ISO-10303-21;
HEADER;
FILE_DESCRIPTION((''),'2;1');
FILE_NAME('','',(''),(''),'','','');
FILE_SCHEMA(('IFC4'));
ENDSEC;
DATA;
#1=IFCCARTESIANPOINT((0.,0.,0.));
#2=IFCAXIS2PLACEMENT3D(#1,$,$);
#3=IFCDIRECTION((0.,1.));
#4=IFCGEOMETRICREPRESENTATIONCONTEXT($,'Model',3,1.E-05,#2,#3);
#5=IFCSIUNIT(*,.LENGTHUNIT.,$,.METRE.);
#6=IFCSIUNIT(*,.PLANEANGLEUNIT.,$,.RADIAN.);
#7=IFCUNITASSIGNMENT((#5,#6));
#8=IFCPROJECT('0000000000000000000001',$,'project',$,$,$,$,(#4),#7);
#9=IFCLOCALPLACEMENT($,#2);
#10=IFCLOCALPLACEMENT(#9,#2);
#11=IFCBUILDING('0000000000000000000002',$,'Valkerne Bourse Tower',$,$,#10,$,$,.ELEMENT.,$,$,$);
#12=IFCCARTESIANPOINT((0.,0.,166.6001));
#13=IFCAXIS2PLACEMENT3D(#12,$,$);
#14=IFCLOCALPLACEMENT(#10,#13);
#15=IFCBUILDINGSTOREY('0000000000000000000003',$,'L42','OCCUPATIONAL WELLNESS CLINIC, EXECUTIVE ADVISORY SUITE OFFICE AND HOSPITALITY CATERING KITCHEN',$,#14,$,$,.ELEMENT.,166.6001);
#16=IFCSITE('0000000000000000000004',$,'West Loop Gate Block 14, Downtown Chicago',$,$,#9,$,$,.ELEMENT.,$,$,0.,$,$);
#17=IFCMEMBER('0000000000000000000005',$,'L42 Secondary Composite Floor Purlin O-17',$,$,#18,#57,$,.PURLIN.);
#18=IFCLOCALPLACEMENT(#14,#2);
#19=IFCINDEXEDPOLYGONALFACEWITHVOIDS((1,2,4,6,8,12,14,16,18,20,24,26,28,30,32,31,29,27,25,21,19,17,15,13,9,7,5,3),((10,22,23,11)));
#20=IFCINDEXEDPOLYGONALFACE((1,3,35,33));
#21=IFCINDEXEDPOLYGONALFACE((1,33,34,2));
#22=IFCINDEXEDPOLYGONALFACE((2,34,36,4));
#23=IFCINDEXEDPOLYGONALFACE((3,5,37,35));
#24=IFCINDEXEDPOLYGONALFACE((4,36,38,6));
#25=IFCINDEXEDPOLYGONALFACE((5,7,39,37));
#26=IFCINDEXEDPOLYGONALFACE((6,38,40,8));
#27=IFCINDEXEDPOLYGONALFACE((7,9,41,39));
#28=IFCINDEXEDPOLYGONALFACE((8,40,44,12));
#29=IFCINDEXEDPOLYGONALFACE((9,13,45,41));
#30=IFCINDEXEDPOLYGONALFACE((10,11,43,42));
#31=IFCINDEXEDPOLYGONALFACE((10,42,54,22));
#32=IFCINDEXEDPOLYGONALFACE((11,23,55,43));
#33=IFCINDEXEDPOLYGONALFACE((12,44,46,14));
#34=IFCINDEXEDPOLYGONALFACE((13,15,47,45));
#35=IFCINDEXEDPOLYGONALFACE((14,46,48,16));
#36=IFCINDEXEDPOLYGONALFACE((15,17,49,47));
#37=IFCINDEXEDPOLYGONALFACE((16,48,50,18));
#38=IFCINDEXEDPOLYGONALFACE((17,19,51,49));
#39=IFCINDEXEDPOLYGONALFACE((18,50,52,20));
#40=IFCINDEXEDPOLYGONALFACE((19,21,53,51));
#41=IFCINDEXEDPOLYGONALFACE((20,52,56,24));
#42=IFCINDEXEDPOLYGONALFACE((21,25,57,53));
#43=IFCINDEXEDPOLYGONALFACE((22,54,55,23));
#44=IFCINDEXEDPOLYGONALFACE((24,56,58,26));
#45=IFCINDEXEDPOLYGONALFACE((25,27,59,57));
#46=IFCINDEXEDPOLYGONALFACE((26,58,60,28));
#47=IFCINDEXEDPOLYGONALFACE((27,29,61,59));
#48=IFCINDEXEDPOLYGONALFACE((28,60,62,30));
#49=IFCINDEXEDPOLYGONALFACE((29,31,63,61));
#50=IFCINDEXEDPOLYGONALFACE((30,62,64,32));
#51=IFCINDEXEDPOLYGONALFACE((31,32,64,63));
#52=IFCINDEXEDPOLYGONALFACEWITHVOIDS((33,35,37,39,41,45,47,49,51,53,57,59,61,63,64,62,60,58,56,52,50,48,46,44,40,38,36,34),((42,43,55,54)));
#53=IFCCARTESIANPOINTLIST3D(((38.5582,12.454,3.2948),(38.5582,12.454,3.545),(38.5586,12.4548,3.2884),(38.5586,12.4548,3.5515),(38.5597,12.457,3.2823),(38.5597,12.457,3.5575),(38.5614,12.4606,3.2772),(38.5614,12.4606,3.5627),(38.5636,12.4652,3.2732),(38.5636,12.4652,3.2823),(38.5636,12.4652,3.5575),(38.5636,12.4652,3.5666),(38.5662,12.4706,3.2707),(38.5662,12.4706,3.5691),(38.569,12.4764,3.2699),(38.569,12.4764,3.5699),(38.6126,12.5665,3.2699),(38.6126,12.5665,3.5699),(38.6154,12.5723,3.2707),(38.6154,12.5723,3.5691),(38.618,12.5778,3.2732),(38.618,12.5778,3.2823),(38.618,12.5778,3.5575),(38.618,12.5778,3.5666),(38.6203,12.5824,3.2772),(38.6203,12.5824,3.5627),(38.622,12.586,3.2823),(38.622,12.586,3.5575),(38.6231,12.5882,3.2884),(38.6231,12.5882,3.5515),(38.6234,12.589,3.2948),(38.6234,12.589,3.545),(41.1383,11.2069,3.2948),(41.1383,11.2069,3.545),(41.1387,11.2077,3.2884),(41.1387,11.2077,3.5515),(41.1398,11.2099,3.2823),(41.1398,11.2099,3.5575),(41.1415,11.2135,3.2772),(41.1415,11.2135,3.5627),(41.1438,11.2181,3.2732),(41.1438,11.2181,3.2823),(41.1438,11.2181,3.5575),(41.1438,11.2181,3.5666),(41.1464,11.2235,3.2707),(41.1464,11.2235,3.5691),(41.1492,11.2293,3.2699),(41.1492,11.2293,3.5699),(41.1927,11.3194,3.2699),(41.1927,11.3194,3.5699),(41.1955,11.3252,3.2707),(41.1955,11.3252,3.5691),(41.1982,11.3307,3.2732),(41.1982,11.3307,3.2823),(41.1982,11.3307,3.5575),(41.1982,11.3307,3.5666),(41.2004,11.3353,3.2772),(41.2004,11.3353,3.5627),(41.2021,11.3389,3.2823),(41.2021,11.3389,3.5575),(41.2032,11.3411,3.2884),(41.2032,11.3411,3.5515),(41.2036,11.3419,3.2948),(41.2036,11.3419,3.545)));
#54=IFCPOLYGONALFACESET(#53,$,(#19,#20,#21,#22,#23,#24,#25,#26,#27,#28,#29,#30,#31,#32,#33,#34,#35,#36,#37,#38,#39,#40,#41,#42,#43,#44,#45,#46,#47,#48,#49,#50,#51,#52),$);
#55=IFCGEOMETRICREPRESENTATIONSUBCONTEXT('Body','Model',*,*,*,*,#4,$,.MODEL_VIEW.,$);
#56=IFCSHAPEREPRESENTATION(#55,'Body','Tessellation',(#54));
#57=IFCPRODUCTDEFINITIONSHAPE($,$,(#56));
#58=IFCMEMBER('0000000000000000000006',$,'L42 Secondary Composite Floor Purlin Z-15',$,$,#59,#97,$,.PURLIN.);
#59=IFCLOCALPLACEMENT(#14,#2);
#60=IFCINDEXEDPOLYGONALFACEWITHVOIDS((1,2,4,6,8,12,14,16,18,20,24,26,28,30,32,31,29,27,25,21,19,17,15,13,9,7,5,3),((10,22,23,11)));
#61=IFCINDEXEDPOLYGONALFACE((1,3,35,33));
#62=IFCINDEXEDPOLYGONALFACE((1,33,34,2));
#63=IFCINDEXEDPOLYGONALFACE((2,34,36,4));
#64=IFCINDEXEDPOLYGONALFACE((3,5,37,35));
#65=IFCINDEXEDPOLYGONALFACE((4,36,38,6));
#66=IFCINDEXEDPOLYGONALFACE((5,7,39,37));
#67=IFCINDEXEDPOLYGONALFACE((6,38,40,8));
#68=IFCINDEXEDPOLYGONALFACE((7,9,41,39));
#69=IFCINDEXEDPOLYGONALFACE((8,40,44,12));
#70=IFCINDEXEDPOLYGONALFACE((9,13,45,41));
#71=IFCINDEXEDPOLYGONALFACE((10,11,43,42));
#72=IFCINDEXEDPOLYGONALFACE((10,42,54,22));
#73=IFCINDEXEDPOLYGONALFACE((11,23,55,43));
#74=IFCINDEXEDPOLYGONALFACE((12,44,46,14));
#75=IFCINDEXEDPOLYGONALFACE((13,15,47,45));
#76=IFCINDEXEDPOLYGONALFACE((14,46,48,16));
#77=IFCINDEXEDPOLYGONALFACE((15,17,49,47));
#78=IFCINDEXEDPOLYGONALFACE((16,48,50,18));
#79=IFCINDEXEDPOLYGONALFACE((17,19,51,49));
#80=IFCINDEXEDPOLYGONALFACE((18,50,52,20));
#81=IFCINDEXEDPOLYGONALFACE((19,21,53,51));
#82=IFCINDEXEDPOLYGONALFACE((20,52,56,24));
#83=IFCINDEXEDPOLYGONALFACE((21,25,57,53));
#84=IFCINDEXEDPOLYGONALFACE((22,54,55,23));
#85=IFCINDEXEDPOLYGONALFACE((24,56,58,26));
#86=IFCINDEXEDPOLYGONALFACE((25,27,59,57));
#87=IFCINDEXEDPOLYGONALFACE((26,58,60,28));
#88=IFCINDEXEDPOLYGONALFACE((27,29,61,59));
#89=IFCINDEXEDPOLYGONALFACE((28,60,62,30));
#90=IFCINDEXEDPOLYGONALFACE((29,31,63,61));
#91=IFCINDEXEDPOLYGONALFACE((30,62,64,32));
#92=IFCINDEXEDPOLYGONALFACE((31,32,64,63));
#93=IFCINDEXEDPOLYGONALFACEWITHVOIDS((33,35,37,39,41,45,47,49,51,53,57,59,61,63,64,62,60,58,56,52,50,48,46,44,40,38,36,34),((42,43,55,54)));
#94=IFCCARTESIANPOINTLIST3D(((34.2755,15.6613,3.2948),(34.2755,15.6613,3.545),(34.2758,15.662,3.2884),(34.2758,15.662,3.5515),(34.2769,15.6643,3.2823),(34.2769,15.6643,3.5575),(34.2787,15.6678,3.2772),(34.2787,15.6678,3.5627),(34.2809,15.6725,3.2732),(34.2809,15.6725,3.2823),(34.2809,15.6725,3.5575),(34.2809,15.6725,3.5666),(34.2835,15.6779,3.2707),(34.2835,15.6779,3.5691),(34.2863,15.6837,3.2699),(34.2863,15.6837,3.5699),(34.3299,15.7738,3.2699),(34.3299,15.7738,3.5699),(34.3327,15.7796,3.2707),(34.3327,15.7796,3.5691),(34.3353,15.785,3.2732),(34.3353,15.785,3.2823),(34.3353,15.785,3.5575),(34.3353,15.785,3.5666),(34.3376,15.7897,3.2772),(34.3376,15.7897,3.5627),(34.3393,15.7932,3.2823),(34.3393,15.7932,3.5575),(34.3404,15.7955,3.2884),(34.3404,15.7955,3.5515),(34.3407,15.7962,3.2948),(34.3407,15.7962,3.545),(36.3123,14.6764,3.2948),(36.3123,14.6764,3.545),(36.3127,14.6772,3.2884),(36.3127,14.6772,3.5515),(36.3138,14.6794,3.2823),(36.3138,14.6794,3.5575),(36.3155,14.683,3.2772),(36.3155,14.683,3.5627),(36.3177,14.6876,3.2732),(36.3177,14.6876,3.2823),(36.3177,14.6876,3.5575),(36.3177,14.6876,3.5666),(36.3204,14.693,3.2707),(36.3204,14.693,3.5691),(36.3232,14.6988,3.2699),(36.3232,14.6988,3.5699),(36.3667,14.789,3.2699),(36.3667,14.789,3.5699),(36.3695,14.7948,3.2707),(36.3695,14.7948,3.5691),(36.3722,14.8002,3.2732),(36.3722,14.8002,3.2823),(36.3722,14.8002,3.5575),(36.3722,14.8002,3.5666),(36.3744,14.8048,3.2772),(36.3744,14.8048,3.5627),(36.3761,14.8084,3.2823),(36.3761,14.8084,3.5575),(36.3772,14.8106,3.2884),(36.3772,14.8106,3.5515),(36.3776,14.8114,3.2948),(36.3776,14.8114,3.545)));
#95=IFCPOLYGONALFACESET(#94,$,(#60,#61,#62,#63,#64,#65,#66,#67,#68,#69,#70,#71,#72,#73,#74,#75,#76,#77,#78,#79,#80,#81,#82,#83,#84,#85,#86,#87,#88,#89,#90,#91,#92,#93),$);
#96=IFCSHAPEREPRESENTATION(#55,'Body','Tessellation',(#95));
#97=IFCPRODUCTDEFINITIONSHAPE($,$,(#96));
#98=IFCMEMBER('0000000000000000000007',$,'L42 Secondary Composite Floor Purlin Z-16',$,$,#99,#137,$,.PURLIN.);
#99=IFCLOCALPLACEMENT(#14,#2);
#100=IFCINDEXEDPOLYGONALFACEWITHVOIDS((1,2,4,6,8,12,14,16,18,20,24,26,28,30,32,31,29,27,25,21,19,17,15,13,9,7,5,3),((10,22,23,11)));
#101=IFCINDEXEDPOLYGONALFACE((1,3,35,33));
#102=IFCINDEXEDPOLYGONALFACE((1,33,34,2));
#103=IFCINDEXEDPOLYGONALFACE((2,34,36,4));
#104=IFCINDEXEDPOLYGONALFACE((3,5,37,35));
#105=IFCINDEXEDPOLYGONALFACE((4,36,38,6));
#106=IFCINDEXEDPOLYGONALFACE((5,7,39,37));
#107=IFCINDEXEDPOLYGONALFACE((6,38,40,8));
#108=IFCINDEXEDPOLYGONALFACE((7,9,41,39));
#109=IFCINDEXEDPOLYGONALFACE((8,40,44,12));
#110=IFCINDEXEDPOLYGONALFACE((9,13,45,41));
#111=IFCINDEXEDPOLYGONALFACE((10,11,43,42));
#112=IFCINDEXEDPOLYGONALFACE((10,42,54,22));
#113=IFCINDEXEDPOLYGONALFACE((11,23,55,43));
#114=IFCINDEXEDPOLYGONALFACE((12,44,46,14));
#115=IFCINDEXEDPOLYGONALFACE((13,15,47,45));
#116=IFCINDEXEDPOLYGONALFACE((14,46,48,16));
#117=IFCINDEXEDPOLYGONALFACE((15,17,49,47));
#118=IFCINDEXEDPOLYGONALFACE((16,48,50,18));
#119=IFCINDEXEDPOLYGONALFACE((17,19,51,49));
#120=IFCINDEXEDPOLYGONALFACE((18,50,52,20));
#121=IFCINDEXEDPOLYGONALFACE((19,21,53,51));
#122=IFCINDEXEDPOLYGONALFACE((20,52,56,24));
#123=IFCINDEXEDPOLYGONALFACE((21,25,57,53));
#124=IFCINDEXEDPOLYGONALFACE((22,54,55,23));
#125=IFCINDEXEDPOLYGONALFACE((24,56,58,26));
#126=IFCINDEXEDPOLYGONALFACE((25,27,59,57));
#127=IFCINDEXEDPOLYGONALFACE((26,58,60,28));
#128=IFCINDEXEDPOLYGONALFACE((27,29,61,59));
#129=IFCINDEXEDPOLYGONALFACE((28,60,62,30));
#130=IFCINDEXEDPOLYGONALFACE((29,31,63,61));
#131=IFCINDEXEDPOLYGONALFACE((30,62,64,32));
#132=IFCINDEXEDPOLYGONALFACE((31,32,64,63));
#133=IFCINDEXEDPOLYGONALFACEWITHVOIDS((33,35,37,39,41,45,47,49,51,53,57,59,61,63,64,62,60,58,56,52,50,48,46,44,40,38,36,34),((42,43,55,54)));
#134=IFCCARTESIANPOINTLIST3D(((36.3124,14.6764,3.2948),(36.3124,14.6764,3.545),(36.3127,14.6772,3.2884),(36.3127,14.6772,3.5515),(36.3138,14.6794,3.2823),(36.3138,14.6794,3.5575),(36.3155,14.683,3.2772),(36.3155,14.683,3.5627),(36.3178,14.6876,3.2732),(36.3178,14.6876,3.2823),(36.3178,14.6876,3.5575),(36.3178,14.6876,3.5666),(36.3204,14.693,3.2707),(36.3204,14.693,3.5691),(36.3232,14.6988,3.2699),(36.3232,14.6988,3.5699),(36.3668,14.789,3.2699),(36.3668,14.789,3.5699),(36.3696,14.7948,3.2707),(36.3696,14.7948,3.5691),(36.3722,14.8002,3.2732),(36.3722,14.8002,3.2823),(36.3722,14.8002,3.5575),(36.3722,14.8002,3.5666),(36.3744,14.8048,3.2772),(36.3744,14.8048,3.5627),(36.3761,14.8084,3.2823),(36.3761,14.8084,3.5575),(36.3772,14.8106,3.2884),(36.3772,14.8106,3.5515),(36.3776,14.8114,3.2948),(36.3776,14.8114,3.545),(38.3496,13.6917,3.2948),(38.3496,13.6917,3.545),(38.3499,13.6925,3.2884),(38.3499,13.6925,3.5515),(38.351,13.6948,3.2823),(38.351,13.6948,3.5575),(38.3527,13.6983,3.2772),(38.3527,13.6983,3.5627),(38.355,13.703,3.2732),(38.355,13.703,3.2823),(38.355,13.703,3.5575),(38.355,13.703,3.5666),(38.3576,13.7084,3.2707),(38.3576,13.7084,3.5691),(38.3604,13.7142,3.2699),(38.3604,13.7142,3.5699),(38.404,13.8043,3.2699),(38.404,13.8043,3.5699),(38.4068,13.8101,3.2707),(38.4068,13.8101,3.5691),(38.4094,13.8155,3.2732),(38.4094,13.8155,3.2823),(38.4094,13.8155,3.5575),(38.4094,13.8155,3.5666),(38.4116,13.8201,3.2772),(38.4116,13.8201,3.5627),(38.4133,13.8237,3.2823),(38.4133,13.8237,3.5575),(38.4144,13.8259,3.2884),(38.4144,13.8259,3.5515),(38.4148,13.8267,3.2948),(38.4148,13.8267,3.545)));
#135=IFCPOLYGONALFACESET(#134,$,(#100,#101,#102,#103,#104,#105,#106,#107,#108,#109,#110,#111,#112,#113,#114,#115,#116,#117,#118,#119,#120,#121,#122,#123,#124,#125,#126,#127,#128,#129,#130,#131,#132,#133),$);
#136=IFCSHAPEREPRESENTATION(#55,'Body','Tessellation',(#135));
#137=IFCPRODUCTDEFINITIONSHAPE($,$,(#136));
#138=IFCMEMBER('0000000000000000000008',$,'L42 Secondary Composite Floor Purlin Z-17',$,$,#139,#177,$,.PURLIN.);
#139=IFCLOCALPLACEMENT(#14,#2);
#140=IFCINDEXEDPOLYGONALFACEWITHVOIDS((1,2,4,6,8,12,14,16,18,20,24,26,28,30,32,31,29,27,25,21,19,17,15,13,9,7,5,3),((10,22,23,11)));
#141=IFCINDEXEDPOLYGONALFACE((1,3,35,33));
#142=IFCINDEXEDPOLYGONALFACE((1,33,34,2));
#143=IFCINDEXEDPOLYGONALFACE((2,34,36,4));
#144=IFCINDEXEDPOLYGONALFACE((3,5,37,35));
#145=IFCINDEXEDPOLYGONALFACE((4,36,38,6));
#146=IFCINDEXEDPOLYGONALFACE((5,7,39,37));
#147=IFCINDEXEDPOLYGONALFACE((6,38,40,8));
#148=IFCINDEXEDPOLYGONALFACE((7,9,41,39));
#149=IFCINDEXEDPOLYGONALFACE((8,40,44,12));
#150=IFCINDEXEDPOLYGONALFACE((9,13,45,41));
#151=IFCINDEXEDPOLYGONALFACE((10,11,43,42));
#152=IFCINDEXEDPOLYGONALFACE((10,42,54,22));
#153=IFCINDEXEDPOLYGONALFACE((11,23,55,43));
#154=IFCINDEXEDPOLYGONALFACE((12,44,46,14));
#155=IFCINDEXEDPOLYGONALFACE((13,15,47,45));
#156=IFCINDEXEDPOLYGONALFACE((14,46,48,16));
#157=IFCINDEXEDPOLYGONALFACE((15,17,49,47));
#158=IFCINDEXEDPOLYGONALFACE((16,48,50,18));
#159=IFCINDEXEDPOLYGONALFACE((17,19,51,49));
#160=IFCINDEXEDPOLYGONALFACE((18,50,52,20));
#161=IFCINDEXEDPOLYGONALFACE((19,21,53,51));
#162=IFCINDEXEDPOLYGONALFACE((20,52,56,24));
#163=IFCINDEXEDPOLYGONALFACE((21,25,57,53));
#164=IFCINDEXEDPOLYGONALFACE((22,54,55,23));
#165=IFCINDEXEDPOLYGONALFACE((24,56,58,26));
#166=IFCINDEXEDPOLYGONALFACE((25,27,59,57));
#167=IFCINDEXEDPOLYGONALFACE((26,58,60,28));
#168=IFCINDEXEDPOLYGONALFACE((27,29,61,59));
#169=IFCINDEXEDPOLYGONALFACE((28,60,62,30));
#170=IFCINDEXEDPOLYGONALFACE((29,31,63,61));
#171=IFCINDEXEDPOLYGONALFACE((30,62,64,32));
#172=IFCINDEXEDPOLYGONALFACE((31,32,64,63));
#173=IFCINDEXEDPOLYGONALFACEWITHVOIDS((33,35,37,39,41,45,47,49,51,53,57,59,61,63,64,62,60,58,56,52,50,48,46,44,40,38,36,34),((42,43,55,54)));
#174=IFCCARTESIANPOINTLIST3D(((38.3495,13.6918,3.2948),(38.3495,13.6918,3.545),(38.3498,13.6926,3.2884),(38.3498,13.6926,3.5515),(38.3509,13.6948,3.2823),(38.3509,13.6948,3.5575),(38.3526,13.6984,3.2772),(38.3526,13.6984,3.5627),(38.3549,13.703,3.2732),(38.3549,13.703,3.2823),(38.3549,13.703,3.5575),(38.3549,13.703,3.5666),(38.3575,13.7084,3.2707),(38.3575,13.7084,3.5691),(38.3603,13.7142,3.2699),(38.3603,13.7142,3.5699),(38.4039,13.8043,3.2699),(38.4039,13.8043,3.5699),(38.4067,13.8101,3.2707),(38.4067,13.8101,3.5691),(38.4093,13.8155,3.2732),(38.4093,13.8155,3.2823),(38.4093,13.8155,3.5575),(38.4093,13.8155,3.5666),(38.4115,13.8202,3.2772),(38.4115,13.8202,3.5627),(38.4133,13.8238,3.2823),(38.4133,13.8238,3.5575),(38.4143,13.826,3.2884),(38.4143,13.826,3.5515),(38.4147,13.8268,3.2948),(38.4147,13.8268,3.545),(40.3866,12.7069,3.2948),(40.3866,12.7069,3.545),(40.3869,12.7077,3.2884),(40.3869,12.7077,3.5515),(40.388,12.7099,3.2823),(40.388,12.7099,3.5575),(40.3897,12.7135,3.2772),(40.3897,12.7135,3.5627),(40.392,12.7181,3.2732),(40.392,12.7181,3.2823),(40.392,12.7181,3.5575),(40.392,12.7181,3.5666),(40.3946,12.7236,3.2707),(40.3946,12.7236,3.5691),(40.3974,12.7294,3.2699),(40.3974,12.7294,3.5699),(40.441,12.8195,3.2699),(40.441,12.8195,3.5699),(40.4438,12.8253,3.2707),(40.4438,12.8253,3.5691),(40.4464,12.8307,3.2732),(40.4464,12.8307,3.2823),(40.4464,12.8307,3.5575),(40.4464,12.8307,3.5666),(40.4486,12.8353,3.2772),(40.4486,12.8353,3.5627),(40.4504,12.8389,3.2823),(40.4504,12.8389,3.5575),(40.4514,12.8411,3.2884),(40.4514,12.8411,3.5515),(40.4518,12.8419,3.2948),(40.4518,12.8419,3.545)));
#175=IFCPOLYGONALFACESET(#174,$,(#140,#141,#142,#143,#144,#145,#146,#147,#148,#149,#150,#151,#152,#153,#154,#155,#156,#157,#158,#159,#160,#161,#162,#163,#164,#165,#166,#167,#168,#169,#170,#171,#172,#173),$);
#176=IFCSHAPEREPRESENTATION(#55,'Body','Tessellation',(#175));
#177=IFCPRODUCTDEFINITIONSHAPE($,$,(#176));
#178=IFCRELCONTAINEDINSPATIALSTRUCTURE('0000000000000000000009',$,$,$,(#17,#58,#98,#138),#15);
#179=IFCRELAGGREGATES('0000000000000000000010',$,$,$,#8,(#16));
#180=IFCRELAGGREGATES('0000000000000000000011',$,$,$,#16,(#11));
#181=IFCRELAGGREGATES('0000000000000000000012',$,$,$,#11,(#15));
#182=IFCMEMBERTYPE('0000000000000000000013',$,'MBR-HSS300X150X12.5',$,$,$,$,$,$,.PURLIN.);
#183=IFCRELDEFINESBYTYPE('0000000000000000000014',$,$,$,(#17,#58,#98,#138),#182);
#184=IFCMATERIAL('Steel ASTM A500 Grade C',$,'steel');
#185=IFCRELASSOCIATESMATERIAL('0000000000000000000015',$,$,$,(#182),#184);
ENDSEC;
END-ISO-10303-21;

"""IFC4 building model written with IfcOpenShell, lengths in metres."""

from ifc_helpers import new_model, si_unit, direction, frame, origin, origin_2d, place, context, subcontext, project, spatial, hollow_rectangle, extrude, material, material_profile, profile_set, type_object, element, save


model = new_model("IFC4")

# Units and contexts
model_context = context("Model", 3, precision=1e-05, world=origin(), true_north=direction((0.0, 1.0)))
body_context = subcontext(model_context, "Body", "Model", "MODEL_VIEW")
ifc_project = project(units=[si_unit("LENGTHUNIT", "METRE"), si_unit("PLANEANGLEUNIT", "RADIAN")], contexts=[model_context])

# Site, building, storey
site_placement = place(None, origin())
site = spatial("IfcSite", under=ifc_project, at=site_placement, Name="West Loop Gate Block 14, Downtown Chicago", CompositionType="ELEMENT", RefElevation=0.0)
building_placement = place(site_placement, origin())
building = spatial("IfcBuilding", under=site, at=building_placement, Name="Valkerne Bourse Tower", CompositionType="ELEMENT")
storey_placement = place(building_placement, frame((0.0, 0.0, 166.6001)))
storey = spatial("IfcBuildingStorey", under=building, at=storey_placement, Name="L42", Description="OCCUPATIONAL WELLNESS CLINIC, EXECUTIVE ADVISORY SUITE OFFICE AND HOSPITALITY CATERING KITCHEN", CompositionType="ELEMENT", Elevation=166.6001)

# Members
ifc_material_1 = material(Name="Steel ASTM A500 Grade C", Category="steel")
ifc_material_profile_1 = material_profile(ifc_material_1, hollow_rectangle(XDim=0.1499, YDim=0.3, WallThickness=0.0125, OuterFilletRadius=0.0249, at=origin_2d()), Name="HSS300X150X12.5")
ifc_profile_set_1 = profile_set([ifc_material_profile_1], Name="Steel ASTM A500 Grade C")
member_type_1 = type_object("IfcMemberType", Name="MBR-HSS300X150X12.5", PredefinedType="PURLIN", material=ifc_profile_set_1)
member_1_placement = place(storey_placement, frame((38.5908, 12.5215, 3.4199), z_axis=(0.900345, -0.435178, 0.0), x_axis=(0.435178, 0.900345, 0.0)))
element("IfcMember", 1, at=member_1_placement, inside=storey, type_object=member_type_1, Name="L42 Secondary Composite Floor Purlin O-17", PredefinedType="PURLIN", context=body_context, shape_type="SweptSolid", body=[
    extrude(hollow_rectangle(XDim=0.1499, YDim=0.3, WallThickness=0.0125, OuterFilletRadius=0.0249, at=origin_2d()), origin(), (0.0, 0.0, 1.0), 2.8657),
])
member_2_placement = place(storey_placement, frame((34.3081, 15.7288, 3.4199), z_axis=(0.900283, -0.435304, 0.0), x_axis=(0.435304, 0.900283, 0.0)))
element("IfcMember", 2, at=member_2_placement, inside=storey, type_object=member_type_1, Name="L42 Secondary Composite Floor Purlin Z-15", PredefinedType="PURLIN", context=body_context, shape_type="SweptSolid", body=[
    extrude(hollow_rectangle(XDim=0.1499, YDim=0.3, WallThickness=0.0125, OuterFilletRadius=0.0249, at=origin_2d()), origin(), (0.0, 0.0, 1.0), 2.2625),
])
for number, where, z_axis, x_axis, name in (
    (3, (36.345, 14.7439, 3.4199), (0.900346, -0.435174, 0.0), (0.435174, 0.900346, 0.0), "L42 Secondary Composite Floor Purlin Z-16"),
    (4, (38.3821, 13.7593, 3.4199), (0.900304, -0.435262, 0.0), (0.435262, 0.900304, 0.0), "L42 Secondary Composite Floor Purlin Z-17"),
):
    element("IfcMember", number, at=place(storey_placement, frame(where, z_axis=z_axis, x_axis=x_axis)), inside=storey, type_object=member_type_1, Name=name, PredefinedType="PURLIN", context=body_context, shape_type="SweptSolid", body=[
        extrude(hollow_rectangle(XDim=0.1499, YDim=0.3, WallThickness=0.0125, OuterFilletRadius=0.0249, at=origin_2d()), origin(), (0.0, 0.0, 1.0), 2.2627),
    ])

save(model, "model.ifc")
